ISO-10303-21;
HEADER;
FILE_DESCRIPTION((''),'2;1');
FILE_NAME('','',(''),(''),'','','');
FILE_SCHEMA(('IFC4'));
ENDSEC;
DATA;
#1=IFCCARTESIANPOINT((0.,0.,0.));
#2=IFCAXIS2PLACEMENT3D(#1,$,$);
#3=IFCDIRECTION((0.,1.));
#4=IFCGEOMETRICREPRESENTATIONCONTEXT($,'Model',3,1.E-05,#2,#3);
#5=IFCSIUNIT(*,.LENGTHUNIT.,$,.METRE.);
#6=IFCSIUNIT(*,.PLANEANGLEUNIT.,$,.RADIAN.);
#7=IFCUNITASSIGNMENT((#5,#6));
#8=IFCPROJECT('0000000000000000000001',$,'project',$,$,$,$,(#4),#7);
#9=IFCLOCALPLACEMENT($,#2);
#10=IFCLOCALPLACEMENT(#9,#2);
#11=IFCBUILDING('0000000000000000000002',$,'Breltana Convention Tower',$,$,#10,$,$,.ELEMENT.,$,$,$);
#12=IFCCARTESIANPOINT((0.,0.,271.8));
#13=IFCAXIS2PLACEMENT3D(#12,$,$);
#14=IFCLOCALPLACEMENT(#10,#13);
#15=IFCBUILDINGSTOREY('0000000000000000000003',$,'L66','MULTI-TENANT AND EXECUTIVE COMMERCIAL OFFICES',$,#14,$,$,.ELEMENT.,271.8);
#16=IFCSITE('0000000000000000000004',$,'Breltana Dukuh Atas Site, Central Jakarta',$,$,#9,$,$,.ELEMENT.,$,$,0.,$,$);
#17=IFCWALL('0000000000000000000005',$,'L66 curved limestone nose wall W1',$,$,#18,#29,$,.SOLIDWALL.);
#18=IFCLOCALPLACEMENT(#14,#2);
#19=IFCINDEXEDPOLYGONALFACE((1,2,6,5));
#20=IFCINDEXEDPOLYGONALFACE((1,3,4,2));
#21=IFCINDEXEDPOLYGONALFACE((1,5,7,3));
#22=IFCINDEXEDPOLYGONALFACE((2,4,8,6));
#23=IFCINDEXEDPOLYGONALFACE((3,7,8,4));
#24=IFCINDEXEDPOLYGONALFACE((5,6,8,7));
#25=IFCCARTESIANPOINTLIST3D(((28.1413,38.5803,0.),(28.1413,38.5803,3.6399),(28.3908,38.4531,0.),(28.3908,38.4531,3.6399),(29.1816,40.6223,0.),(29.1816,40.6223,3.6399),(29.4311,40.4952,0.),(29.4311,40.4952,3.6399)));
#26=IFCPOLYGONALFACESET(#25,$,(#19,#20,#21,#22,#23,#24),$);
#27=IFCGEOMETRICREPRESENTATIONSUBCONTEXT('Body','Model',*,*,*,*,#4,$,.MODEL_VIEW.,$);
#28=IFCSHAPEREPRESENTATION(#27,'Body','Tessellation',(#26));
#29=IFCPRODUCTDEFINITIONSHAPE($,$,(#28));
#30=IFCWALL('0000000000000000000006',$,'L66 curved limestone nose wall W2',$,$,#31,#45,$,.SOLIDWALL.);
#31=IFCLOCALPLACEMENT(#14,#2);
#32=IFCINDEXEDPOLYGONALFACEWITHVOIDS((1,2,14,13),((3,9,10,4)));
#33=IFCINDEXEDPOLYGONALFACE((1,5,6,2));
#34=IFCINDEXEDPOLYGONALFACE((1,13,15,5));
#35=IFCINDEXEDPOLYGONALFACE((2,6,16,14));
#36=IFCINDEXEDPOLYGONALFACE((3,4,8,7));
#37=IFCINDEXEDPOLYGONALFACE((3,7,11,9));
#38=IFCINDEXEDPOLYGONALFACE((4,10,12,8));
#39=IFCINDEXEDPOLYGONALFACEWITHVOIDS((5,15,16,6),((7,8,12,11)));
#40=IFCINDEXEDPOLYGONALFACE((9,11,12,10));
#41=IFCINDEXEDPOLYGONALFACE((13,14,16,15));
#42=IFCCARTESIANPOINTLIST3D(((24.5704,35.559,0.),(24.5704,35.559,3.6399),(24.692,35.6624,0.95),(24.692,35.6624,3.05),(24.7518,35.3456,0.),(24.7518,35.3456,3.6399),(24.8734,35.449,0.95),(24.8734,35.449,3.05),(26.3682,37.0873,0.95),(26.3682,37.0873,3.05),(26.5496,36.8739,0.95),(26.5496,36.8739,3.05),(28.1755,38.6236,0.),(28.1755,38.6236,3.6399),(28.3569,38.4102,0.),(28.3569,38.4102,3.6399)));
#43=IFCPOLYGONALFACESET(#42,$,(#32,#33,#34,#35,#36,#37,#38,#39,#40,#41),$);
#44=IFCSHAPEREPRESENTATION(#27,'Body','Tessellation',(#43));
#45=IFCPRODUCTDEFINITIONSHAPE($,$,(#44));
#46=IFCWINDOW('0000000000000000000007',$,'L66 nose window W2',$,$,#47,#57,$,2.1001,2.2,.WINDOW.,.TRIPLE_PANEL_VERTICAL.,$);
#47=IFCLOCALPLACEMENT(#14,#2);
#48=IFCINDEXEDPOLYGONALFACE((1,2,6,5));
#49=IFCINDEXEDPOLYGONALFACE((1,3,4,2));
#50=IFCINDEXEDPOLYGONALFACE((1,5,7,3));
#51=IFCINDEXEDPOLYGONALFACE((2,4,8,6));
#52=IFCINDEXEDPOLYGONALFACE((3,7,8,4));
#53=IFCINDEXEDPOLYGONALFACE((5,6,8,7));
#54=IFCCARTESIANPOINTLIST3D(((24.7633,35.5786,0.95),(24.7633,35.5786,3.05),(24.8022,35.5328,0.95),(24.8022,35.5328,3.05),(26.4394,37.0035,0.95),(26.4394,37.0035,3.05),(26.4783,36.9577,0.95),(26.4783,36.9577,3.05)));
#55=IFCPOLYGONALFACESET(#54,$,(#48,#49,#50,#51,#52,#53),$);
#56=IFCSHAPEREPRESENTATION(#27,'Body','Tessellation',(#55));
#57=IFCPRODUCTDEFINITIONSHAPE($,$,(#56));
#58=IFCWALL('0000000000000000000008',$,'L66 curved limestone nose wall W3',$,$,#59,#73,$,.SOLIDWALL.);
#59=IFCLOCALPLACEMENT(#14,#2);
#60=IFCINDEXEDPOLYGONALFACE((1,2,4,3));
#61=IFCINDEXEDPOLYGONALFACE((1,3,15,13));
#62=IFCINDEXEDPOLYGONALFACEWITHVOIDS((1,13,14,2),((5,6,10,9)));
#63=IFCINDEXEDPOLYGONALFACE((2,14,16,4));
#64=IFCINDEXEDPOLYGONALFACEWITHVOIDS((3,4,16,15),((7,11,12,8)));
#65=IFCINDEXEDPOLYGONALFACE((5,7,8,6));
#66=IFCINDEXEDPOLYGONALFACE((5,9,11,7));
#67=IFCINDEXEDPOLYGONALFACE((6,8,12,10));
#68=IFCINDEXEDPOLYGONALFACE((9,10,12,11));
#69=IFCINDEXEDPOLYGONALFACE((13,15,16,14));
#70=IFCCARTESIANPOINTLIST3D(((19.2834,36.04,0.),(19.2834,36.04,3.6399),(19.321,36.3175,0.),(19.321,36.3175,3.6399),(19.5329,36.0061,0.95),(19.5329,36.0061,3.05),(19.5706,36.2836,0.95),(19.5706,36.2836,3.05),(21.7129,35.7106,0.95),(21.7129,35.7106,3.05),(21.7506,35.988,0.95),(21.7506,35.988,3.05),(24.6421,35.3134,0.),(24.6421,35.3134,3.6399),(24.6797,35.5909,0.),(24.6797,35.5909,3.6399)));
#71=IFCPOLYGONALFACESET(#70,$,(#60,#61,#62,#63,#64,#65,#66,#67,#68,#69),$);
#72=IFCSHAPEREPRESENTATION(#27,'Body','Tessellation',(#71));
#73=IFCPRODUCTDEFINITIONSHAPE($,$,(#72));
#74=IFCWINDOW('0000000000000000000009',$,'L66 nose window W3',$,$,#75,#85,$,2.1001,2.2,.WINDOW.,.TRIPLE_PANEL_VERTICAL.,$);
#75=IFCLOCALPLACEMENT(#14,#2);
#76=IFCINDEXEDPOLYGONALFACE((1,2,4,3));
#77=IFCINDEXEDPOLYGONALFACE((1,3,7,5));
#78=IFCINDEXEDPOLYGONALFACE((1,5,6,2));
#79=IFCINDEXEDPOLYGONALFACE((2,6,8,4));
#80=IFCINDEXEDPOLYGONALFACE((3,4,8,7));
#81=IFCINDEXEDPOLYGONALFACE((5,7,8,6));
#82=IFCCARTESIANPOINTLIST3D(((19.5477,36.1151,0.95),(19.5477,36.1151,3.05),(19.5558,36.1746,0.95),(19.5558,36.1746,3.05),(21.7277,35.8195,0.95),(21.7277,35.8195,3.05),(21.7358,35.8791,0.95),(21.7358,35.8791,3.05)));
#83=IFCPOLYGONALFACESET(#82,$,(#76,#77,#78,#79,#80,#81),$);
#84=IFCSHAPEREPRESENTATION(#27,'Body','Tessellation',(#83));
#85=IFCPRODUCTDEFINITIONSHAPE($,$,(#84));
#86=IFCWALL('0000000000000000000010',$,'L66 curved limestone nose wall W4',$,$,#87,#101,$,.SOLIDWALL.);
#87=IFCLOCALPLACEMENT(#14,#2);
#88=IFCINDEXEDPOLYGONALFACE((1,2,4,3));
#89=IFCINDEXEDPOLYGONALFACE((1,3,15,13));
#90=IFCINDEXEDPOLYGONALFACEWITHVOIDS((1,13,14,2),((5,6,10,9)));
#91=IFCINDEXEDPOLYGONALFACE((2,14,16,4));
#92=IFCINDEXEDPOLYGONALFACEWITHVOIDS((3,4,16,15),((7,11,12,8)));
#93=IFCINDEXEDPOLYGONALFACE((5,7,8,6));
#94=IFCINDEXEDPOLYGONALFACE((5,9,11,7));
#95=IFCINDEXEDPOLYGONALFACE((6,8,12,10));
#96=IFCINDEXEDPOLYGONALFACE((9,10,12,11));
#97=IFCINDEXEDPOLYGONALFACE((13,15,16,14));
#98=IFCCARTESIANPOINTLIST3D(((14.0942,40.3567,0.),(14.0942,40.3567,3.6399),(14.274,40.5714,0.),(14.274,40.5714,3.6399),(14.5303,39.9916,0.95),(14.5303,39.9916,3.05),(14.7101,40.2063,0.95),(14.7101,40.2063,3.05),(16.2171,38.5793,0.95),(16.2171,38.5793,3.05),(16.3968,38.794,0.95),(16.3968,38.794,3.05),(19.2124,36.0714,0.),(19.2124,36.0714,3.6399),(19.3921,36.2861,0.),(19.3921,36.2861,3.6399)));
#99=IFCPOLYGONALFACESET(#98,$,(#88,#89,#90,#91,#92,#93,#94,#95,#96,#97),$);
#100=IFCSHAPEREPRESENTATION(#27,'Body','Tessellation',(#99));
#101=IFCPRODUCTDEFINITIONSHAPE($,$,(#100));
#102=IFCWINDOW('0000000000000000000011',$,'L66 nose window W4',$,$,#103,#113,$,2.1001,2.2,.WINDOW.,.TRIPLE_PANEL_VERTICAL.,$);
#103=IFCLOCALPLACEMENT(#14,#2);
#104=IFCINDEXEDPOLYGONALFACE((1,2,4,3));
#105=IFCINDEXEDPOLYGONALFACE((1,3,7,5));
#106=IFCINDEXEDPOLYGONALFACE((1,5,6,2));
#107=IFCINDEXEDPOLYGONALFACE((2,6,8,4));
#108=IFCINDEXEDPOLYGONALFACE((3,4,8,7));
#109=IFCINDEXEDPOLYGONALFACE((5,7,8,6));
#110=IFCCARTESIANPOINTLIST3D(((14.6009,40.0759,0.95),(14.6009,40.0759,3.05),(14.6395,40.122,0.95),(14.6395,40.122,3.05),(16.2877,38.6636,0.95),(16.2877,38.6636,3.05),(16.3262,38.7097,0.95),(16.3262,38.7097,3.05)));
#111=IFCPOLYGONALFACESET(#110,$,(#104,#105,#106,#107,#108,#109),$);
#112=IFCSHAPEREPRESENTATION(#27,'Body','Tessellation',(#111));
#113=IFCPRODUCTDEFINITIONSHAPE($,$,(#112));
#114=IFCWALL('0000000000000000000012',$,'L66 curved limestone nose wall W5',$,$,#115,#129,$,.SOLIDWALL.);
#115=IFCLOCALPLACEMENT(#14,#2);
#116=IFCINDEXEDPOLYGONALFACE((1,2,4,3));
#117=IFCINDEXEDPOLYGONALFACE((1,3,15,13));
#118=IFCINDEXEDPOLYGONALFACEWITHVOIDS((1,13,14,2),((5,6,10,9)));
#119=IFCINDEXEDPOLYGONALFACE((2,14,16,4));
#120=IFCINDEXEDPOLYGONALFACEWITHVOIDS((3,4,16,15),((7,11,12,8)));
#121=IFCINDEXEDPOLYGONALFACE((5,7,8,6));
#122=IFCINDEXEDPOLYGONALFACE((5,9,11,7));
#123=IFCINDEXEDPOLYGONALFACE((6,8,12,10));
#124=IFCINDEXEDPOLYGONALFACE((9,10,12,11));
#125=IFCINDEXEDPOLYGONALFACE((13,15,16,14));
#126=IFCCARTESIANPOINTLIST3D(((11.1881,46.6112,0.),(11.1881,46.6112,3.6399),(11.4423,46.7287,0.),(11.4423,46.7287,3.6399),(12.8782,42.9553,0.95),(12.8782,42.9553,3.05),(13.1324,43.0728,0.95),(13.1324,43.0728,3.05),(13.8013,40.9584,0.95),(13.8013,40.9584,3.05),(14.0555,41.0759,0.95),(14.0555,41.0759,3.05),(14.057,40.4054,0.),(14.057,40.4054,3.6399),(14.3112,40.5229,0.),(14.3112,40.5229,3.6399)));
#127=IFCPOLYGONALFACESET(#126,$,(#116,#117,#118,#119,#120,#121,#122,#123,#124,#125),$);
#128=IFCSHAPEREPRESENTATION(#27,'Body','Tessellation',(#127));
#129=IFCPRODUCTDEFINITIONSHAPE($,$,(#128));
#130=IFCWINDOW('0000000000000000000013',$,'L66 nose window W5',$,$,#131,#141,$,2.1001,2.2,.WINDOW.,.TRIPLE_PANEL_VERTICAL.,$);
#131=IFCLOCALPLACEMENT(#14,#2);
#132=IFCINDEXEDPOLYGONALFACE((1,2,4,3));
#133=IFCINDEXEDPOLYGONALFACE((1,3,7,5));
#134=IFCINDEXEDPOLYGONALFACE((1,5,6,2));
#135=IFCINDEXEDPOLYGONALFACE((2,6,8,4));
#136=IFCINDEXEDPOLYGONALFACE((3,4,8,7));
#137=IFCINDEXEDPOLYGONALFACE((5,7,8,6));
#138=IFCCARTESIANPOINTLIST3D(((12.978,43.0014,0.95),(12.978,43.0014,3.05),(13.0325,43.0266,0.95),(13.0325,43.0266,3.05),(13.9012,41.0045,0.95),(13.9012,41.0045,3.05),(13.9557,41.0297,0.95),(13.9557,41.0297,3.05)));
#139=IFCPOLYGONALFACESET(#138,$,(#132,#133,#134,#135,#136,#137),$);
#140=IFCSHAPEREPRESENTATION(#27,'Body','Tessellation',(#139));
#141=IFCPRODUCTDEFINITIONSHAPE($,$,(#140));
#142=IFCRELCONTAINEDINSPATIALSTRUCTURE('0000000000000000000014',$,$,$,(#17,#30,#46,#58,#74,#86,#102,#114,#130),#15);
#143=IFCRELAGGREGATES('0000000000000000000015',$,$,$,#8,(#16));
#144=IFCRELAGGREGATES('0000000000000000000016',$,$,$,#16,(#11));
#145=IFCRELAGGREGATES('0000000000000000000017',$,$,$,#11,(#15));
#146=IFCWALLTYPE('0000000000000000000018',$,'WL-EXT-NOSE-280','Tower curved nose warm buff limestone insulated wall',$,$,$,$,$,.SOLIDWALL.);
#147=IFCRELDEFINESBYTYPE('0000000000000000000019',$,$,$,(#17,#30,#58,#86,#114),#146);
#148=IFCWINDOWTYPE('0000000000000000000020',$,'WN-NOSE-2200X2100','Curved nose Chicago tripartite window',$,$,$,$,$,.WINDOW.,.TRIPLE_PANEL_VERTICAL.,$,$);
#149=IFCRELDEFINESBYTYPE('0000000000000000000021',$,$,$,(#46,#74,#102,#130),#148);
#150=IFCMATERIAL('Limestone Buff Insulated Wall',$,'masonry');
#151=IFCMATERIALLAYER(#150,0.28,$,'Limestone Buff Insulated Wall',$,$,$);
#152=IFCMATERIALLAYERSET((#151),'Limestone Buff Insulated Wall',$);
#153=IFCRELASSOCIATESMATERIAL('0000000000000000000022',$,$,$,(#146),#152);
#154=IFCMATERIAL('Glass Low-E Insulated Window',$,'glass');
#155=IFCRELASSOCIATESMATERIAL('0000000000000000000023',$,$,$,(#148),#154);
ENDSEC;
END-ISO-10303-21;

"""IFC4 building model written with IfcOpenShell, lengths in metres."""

from ifc_helpers import new_model, si_unit, direction, frame, frame_2d, origin, place, context, subcontext, project, spatial, rectangle, extrude, source, transform, mapped, material, layer, layer_set, type_object, type_shapes, element, fill, save


model = new_model("IFC4")

# Units and contexts
model_context = context("Model", 3, precision=1e-05, world=origin(), true_north=direction((0.0, 1.0)))
body_context = subcontext(model_context, "Body", "Model", "MODEL_VIEW")
ifc_project = project(units=[si_unit("LENGTHUNIT", "METRE"), si_unit("PLANEANGLEUNIT", "RADIAN")], contexts=[model_context])

# Site, building, storey
site_placement = place(None, origin())
site = spatial("IfcSite", under=ifc_project, at=site_placement, Name="Breltana Dukuh Atas Site, Central Jakarta", CompositionType="ELEMENT", RefElevation=0.0)
building_placement = place(site_placement, origin())
building = spatial("IfcBuilding", under=site, at=building_placement, Name="Breltana Convention Tower", CompositionType="ELEMENT")
storey_placement = place(building_placement, frame((0.0, 0.0, 271.8)))
storey = spatial("IfcBuildingStorey", under=building, at=storey_placement, Name="L66", Description="MULTI-TENANT AND EXECUTIVE COMMERCIAL OFFICES", CompositionType="ELEMENT", Elevation=271.8)

# Wall
ifc_material_1 = material(Name="Limestone Buff Insulated Wall", Category="masonry")
ifc_layer_1 = layer(ifc_material_1, 0.28, Name="Limestone Buff Insulated Wall")
ifc_layer_set_1 = layer_set([ifc_layer_1], Name="Limestone Buff Insulated Wall")
wall_type_1 = type_object("IfcWallType", Name="WL-EXT-NOSE-280", Description="Tower curved nose warm buff limestone insulated wall", PredefinedType="SOLIDWALL", material=ifc_layer_set_1)
shared_shape_1 = source(origin(), body_context, "Body", "SweptSolid", [
    extrude(rectangle(XDim=2.2917, YDim=0.28, at=frame_2d((1.146, 0.0))), origin(), (0.0, 0.0, 1.0), 3.6399),
])
wall_1_placement = place(storey_placement, frame((29.3064, 40.5588, 0.0), z_axis=(0.0, 0.0, 1.0), x_axis=(-0.453934, -0.891035, 0.0)))
element("IfcWall", 1, at=wall_1_placement, inside=storey, type_object=wall_type_1, Name="L66 curved limestone nose wall W1", PredefinedType="SOLIDWALL", context=body_context, shape_type="MappedRepresentation", body=[
    mapped(shared_shape_1, transform((0.0, 0.0, 0.0), scale=1.0)),
])

# Walls, openings, windows
shared_shape_2 = source(origin(), body_context, "Body", "SweptSolid", [
    extrude(rectangle(XDim=4.7317, YDim=0.28, at=frame_2d((2.3657, 0.0))), origin(), (0.0, 0.0, 1.0), 3.6399),
])
wall_2_placement = place(storey_placement, frame((28.2661, 38.5168, 0.0), z_axis=(0.0, 0.0, 1.0), x_axis=(-0.761913, -0.64768, 0.0)))
wall_2 = element("IfcWall", 2, at=wall_2_placement, inside=storey, type_object=wall_type_1, Name="L66 curved limestone nose wall W2", PredefinedType="SOLIDWALL", context=body_context, shape_type="MappedRepresentation", body=[
    mapped(shared_shape_2, transform((0.0, 0.0, 0.0), scale=1.0)),
])
opening_1_placement = place(wall_2_placement, frame((2.3718, 0.0, 0.95)))
opening_1 = element("IfcOpeningElement", 3, at=opening_1_placement, cuts=wall_2, PredefinedType="OPENING", context=body_context, shape_type="SweptSolid", body=[
    extrude(rectangle(XDim=2.2, YDim=2.1001, at=frame_2d((1.1001, 1.05))), frame((0.0, 0.1499, 0.0), z_axis=(0.0, -1.0, 0.0), x_axis=(1.0, 0.0, 0.0)), (0.0, 0.0, 1.0), 0.3),
])
ifc_material_2 = material(Name="Glass Low-E Insulated Window", Category="glass")
window_type = type_object("IfcWindowType", Name="WN-NOSE-2200X2100", Description="Curved nose Chicago tripartite window", PartitioningType="TRIPLE_PANEL_VERTICAL", PredefinedType="WINDOW", material=ifc_material_2)
shared_shape_3 = source(origin(), body_context, "Body", "SweptSolid", [
    extrude(rectangle(XDim=2.2, YDim=2.1001, at=frame_2d((1.1001, 1.05))), frame((0.0, 0.03, 0.0), z_axis=(0.0, -1.0, 0.0), x_axis=(1.0, 0.0, 0.0)), (0.0, 0.0, 1.0), 0.0601),
])
type_shapes(window_type, [shared_shape_3])
window_1_placement = place(opening_1_placement, origin())
window_1 = element("IfcWindow", 4, at=window_1_placement, inside=storey, type_object=window_type, Name="L66 nose window W2", OverallHeight=2.1001, OverallWidth=2.2, PartitioningType="TRIPLE_PANEL_VERTICAL", PredefinedType="WINDOW", context=body_context, shape_type="MappedRepresentation", body=[
    mapped(shared_shape_3, transform((0.0, 0.0, 0.0), scale=1.0)),
])
fill(opening_1, window_1)
shared_shape_4 = source(origin(), body_context, "Body", "SweptSolid", [
    extrude(rectangle(XDim=5.4077, YDim=0.28, at=frame_2d((2.7039, 0.0))), origin(), (0.0, 0.0, 1.0), 3.6399),
])
wall_3_placement = place(storey_placement, frame((24.6609, 35.4521, 0.0), z_axis=(0.0, 0.0, 1.0), x_axis=(-0.990933, 0.134358, 0.0)))
wall_3 = element("IfcWall", 5, at=wall_3_placement, inside=storey, type_object=wall_type_1, Name="L66 curved limestone nose wall W3", PredefinedType="SOLIDWALL", context=body_context, shape_type="MappedRepresentation", body=[
    mapped(shared_shape_4, transform((0.0, 0.0, 0.0), scale=1.0)),
])
opening_2_placement = place(wall_3_placement, frame((2.9558, 0.0, 0.95)))
opening_2 = element("IfcOpeningElement", 6, at=opening_2_placement, cuts=wall_3, PredefinedType="OPENING", context=body_context, shape_type="SweptSolid", body=[
    extrude(rectangle(XDim=2.2, YDim=2.1001, at=frame_2d((1.1001, 1.05))), frame((0.0, 0.1499, 0.0), z_axis=(0.0, -1.0, 0.0), x_axis=(1.0, 0.0, 0.0)), (0.0, 0.0, 1.0), 0.3),
])
window_2_placement = place(opening_2_placement, origin())
window_2 = element("IfcWindow", 7, at=window_2_placement, inside=storey, type_object=window_type, Name="L66 nose window W3", OverallHeight=2.1001, OverallWidth=2.2, PartitioningType="TRIPLE_PANEL_VERTICAL", PredefinedType="WINDOW", context=body_context, shape_type="MappedRepresentation", body=[
    mapped(shared_shape_3, transform((0.0, 0.0, 0.0), scale=1.0)),
])
fill(opening_2, window_2)
shared_shape_5 = source(origin(), body_context, "Body", "SweptSolid", [
    extrude(rectangle(XDim=6.6753, YDim=0.28, at=frame_2d((3.3376, 0.0))), origin(), (0.0, 0.0, 1.0), 3.6399),
])
wall_4_placement = place(storey_placement, frame((19.3022, 36.1787, 0.0), z_axis=(0.0, 0.0, 1.0), x_axis=(-0.766726, 0.641974, 0.0)))
wall_4 = element("IfcWall", 8, at=wall_4_placement, inside=storey, type_object=wall_type_1, Name="L66 curved limestone nose wall W4", PredefinedType="SOLIDWALL", context=body_context, shape_type="MappedRepresentation", body=[
    mapped(shared_shape_5, transform((0.0, 0.0, 0.0), scale=1.0)),
])
opening_3_placement = place(wall_4_placement, frame((3.9065, 0.0, 0.95)))
opening_3 = element("IfcOpeningElement", 9, at=opening_3_placement, cuts=wall_4, PredefinedType="OPENING", context=body_context, shape_type="SweptSolid", body=[
    extrude(rectangle(XDim=2.2, YDim=2.1001, at=frame_2d((1.1001, 1.05))), frame((0.0, 0.1499, 0.0), z_axis=(0.0, -1.0, 0.0), x_axis=(1.0, 0.0, 0.0)), (0.0, 0.0, 1.0), 0.3),
])
window_3_placement = place(opening_3_placement, origin())
window_3 = element("IfcWindow", 10, at=window_3_placement, inside=storey, type_object=window_type, Name="L66 nose window W4", OverallHeight=2.1001, OverallWidth=2.2, PartitioningType="TRIPLE_PANEL_VERTICAL", PredefinedType="WINDOW", context=body_context, shape_type="MappedRepresentation", body=[
    mapped(shared_shape_3, transform((0.0, 0.0, 0.0), scale=1.0)),
])
fill(opening_3, window_3)
shared_shape_6 = source(origin(), body_context, "Body", "SweptSolid", [
    extrude(rectangle(XDim=6.8369, YDim=0.28, at=frame_2d((3.4185, 0.0))), origin(), (0.0, 0.0, 1.0), 3.6399),
])
wall_5_placement = place(storey_placement, frame((14.1841, 40.4641, 0.0), z_axis=(0.0, 0.0, 1.0), x_axis=(-0.419622, 0.907699, 0.0)))
wall_5 = element("IfcWall", 11, at=wall_5_placement, inside=storey, type_object=wall_type_1, Name="L66 curved limestone nose wall W5", PredefinedType="SOLIDWALL", context=body_context, shape_type="MappedRepresentation", body=[
    mapped(shared_shape_6, transform((0.0, 0.0, 0.0), scale=1.0)),
])
opening_4_placement = place(wall_5_placement, frame((0.6091, 0.0, 0.95)))
opening_4 = element("IfcOpeningElement", 12, at=opening_4_placement, cuts=wall_5, PredefinedType="OPENING", context=body_context, shape_type="SweptSolid", body=[
    extrude(rectangle(XDim=2.2, YDim=2.1001, at=frame_2d((1.1001, 1.05))), frame((0.0, 0.1499, 0.0), z_axis=(0.0, -1.0, 0.0), x_axis=(1.0, 0.0, 0.0)), (0.0, 0.0, 1.0), 0.3),
])
window_4_placement = place(opening_4_placement, origin())
window_4 = element("IfcWindow", 13, at=window_4_placement, inside=storey, type_object=window_type, Name="L66 nose window W5", OverallHeight=2.1001, OverallWidth=2.2, PartitioningType="TRIPLE_PANEL_VERTICAL", PredefinedType="WINDOW", context=body_context, shape_type="MappedRepresentation", body=[
    mapped(shared_shape_3, transform((0.0, 0.0, 0.0), scale=1.0)),
])
fill(opening_4, window_4)

save(model, "model.ifc")
